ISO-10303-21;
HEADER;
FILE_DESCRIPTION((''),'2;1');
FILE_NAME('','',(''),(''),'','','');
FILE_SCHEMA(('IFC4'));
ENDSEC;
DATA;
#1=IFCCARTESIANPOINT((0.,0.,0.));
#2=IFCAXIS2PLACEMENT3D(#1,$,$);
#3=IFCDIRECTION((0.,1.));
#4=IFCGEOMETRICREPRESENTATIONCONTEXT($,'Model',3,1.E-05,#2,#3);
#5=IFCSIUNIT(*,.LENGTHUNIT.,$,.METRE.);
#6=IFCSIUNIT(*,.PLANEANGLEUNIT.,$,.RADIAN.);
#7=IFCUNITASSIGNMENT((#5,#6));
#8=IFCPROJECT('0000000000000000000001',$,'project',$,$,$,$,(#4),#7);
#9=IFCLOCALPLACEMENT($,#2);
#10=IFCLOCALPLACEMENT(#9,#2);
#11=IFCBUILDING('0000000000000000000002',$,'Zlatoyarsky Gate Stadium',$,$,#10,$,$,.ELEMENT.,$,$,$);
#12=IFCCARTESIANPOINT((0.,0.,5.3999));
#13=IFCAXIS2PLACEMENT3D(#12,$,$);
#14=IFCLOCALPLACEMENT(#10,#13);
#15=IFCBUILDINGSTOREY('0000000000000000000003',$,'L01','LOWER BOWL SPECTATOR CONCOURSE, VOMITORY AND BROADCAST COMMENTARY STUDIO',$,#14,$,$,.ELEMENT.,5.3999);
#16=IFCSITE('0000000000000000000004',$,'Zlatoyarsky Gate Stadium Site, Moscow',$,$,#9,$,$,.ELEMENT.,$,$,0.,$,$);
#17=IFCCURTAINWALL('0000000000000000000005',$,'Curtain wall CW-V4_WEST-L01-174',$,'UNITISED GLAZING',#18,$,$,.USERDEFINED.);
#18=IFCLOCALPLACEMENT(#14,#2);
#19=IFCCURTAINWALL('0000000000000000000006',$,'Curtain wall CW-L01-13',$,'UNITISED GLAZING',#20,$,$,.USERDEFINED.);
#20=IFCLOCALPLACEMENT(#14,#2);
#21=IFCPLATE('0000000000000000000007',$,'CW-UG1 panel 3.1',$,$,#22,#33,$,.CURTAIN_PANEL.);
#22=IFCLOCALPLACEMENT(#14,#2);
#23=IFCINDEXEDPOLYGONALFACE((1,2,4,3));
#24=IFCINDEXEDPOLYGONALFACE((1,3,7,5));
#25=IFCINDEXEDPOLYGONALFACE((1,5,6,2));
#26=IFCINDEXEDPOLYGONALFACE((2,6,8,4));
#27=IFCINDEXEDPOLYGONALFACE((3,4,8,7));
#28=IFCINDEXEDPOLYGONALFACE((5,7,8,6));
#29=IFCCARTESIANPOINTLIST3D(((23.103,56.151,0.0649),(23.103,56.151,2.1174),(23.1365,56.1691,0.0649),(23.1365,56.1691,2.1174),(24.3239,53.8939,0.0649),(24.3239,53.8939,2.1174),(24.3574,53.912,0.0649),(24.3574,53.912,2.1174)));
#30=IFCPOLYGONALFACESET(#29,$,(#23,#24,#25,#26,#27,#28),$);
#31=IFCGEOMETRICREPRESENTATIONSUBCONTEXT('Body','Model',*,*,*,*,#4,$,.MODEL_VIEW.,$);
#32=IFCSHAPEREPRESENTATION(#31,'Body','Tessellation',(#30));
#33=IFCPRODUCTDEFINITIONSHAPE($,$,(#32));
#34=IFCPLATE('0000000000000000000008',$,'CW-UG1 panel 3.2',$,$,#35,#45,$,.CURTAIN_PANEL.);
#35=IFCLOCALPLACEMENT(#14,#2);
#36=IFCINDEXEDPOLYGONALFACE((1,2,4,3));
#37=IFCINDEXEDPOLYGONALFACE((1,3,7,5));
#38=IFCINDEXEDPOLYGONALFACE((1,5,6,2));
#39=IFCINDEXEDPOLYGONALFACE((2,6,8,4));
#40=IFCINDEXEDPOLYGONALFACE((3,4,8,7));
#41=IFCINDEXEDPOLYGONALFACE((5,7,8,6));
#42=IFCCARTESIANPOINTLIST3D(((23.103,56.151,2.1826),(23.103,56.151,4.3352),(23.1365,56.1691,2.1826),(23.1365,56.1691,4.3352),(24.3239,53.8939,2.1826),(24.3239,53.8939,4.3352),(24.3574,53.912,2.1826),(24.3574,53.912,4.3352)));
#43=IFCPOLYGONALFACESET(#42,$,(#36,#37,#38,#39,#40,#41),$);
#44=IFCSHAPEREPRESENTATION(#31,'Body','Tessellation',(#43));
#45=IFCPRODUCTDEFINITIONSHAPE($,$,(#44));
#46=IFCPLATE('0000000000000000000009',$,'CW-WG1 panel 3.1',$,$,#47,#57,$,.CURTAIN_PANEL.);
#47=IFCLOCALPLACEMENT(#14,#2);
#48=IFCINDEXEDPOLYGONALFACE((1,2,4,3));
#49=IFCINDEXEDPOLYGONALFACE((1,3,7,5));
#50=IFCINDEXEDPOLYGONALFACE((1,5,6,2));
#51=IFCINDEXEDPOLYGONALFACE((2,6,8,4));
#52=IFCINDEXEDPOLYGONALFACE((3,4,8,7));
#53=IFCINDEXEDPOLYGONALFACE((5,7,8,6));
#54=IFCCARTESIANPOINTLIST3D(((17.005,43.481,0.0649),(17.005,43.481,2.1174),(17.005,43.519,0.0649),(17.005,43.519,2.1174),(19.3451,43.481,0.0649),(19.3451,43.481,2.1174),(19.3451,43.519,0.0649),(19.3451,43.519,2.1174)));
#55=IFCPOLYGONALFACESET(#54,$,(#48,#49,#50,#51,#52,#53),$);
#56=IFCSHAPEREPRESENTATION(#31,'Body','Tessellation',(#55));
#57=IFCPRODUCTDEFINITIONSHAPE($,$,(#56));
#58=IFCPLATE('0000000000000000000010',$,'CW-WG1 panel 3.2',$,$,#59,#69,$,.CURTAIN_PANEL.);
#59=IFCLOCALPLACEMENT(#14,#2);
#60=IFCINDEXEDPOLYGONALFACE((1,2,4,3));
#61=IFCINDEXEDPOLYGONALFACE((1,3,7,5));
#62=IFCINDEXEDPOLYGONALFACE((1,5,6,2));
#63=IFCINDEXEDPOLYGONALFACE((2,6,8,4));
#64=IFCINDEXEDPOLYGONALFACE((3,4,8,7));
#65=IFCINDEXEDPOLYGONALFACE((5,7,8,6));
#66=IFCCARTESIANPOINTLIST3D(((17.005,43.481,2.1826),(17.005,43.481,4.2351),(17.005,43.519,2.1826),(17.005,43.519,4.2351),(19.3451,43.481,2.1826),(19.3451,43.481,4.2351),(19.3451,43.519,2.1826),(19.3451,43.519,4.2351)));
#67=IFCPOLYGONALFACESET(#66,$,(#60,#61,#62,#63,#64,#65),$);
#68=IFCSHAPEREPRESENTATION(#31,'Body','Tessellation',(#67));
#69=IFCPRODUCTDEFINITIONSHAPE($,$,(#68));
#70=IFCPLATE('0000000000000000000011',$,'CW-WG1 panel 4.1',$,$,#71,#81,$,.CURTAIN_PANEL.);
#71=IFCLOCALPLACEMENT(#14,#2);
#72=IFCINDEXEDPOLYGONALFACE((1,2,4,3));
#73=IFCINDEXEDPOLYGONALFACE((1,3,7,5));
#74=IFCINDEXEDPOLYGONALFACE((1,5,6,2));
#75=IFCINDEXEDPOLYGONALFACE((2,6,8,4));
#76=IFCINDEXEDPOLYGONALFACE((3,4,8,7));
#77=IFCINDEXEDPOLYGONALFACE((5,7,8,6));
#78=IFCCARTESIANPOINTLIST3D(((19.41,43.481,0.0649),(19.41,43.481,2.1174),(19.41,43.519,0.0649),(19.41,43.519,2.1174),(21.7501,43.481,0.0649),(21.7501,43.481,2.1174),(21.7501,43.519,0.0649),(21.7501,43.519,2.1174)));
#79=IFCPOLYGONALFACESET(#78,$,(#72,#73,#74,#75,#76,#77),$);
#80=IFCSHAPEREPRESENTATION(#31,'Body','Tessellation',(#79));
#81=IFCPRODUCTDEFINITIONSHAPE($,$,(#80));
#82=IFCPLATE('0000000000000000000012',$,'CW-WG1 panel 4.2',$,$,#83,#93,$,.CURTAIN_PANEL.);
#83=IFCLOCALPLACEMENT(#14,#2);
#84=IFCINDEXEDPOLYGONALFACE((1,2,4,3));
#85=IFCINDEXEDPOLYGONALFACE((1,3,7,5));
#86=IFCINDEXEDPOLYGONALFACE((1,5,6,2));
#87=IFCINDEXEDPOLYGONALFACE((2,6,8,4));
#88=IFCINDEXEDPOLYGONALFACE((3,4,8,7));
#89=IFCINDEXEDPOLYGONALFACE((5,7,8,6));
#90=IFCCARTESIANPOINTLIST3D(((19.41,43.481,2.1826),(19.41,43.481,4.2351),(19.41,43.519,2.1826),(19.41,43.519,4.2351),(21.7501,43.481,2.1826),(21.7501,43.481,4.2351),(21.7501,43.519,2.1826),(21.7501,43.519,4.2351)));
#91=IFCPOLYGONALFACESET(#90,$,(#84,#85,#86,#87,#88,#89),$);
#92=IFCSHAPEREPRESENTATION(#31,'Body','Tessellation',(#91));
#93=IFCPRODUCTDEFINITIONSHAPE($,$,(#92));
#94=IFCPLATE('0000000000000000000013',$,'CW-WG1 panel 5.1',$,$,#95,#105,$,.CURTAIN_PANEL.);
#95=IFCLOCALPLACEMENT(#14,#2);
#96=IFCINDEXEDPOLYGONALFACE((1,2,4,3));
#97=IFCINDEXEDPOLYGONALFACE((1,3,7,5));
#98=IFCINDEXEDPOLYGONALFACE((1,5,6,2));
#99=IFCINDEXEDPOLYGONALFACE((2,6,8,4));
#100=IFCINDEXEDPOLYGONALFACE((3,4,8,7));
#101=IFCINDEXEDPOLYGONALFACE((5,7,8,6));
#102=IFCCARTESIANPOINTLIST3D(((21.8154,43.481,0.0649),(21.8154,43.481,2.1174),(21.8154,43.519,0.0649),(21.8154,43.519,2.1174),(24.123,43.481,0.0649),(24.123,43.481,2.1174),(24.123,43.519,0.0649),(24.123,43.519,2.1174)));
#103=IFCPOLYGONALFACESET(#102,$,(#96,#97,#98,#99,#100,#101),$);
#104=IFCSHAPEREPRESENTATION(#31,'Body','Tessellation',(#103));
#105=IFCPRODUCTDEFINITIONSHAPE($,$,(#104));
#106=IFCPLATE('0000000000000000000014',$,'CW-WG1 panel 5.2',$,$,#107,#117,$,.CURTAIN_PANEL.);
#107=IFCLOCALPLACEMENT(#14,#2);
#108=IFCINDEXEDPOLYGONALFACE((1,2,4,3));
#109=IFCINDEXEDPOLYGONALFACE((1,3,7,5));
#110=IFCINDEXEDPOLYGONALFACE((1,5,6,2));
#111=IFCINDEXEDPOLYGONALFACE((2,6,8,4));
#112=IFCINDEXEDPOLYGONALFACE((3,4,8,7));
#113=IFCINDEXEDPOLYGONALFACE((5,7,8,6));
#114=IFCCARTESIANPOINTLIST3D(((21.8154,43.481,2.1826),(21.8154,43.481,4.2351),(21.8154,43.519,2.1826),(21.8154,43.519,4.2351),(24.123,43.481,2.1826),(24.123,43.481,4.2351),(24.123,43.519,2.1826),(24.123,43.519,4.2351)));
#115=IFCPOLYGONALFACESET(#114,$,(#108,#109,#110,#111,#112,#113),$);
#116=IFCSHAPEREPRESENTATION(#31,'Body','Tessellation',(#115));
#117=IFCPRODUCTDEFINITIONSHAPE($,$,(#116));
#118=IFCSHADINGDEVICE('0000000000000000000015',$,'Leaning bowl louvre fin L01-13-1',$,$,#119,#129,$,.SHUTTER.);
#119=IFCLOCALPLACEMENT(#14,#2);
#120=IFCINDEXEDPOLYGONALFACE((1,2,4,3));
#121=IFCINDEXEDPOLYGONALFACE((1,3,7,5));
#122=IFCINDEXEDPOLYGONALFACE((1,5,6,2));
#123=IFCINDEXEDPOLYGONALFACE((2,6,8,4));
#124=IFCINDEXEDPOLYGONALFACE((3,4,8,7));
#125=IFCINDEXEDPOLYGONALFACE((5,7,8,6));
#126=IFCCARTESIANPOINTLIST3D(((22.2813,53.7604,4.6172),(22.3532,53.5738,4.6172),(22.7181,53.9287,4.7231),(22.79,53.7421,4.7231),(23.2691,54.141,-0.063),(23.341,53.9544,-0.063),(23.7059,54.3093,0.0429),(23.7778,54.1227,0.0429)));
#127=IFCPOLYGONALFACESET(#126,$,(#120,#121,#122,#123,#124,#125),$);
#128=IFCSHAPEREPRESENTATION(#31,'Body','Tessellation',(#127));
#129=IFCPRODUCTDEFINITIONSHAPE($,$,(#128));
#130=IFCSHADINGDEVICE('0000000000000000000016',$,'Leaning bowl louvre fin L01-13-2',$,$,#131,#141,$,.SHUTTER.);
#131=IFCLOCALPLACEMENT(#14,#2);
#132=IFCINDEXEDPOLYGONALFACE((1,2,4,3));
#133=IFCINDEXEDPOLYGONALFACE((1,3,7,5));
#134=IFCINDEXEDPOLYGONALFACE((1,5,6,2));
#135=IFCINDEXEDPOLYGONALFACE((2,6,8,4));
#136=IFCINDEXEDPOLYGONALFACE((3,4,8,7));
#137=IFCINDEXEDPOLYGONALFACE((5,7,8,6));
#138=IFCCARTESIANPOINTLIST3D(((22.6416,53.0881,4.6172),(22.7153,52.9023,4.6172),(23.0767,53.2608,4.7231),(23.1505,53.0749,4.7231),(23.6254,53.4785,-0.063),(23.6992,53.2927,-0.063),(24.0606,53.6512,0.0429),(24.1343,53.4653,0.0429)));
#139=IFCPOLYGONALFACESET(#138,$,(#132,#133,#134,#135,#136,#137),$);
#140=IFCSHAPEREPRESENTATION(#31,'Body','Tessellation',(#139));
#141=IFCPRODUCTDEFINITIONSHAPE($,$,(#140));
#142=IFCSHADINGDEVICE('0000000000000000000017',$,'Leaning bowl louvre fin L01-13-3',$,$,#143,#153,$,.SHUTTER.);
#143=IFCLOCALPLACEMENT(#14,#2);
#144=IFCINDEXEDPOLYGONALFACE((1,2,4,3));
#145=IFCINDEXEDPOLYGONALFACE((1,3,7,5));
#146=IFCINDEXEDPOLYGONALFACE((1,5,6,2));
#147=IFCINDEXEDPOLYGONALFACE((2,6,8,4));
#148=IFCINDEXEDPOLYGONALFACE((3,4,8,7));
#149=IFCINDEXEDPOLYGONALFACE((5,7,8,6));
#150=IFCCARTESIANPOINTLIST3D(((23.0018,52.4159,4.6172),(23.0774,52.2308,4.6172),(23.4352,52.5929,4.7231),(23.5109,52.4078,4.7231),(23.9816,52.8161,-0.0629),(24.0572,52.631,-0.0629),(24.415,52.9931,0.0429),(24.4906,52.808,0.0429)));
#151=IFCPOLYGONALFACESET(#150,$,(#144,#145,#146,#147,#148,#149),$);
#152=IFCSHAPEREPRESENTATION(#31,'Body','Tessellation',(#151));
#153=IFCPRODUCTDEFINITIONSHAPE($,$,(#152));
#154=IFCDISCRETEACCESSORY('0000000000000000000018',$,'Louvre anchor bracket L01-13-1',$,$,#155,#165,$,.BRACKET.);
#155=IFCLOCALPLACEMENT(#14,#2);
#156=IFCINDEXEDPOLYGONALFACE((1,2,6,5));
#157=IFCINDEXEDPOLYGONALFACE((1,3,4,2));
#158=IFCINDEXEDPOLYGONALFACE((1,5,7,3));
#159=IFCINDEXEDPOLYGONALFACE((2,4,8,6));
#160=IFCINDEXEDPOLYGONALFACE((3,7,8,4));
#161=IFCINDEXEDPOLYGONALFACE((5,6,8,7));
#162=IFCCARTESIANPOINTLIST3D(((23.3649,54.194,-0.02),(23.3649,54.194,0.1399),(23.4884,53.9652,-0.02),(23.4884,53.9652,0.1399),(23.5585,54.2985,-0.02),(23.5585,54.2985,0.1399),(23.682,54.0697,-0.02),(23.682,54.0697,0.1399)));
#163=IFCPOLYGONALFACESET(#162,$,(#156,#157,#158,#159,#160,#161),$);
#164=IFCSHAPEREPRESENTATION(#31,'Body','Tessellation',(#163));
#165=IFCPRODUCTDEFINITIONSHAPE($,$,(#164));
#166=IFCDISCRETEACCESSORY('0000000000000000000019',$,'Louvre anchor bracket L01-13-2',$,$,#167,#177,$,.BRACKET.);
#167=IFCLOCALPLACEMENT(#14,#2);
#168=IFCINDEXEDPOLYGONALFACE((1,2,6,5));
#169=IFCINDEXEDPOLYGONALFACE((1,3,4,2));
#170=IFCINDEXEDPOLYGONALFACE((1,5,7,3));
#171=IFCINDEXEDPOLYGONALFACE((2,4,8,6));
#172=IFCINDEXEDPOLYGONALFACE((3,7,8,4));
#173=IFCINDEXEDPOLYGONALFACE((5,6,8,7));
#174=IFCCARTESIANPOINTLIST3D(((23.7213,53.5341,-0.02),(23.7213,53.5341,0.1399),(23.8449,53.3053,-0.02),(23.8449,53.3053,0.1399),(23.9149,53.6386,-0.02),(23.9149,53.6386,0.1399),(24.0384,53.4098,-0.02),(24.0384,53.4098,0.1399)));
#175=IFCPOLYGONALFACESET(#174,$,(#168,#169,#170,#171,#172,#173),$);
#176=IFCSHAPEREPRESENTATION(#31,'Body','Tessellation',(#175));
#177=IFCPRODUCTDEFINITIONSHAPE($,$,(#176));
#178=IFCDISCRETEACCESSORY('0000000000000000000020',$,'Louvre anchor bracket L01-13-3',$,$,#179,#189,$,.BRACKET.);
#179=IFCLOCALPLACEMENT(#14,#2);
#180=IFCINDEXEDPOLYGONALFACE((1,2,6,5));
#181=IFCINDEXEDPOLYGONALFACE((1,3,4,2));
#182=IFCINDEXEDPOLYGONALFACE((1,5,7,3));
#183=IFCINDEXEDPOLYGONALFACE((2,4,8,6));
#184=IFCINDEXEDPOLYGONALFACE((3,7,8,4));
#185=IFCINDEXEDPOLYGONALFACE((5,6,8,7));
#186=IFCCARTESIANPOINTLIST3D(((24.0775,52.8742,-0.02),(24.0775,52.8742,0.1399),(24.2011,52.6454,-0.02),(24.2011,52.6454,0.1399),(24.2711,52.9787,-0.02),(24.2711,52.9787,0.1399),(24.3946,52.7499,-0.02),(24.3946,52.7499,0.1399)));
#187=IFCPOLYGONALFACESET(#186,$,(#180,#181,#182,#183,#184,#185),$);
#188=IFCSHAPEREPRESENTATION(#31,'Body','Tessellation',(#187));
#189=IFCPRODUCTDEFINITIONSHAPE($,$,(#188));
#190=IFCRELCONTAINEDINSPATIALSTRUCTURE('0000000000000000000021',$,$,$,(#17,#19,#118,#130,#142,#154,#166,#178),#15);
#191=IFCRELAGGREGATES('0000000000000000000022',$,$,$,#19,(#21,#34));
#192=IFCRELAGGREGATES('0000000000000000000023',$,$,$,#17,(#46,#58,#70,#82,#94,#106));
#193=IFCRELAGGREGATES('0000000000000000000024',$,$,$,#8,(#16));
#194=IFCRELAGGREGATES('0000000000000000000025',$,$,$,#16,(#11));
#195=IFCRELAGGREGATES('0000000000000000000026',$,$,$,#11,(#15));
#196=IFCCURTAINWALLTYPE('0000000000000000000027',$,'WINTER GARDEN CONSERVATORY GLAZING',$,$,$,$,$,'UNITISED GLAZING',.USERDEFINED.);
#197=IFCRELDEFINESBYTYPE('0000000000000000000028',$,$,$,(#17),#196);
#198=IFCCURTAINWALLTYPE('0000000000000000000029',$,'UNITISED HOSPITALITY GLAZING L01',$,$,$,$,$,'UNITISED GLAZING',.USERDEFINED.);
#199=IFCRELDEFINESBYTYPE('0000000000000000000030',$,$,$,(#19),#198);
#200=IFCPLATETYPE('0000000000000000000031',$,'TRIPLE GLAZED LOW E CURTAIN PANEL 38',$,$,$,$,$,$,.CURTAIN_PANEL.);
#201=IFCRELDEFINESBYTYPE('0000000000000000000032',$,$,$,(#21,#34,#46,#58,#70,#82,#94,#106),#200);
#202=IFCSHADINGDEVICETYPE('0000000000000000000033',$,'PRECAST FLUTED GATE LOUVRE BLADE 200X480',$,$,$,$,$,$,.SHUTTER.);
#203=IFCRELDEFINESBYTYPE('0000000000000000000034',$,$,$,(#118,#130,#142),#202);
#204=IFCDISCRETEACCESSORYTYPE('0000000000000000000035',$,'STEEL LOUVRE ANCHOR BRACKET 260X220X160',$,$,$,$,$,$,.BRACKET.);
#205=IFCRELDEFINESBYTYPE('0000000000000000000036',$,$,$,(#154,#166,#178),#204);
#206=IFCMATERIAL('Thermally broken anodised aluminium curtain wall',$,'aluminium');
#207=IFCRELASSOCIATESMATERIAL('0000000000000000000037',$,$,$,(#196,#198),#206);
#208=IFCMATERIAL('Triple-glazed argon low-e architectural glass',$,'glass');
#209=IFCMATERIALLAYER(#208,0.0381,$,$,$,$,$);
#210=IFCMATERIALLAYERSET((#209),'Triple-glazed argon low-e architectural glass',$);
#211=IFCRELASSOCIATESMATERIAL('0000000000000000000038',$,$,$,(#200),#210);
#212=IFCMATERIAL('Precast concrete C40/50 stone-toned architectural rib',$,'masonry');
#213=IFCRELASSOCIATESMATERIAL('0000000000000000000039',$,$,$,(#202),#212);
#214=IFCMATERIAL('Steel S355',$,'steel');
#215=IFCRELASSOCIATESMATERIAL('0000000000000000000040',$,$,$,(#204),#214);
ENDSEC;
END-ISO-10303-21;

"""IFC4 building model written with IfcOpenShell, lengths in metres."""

from ifc_helpers import new_model, si_unit, direction, frame, origin, origin_2d, place, context, subcontext, project, spatial, rectangle, extrude, material, layer, layer_set, material_profile, profile_set, type_object, element, aggregate, save


model = new_model("IFC4")

# Units and contexts
model_context = context("Model", 3, precision=1e-05, world=origin(), true_north=direction((0.0, 1.0)))
body_context = subcontext(model_context, "Body", "Model", "MODEL_VIEW")
ifc_project = project(units=[si_unit("LENGTHUNIT", "METRE"), si_unit("PLANEANGLEUNIT", "RADIAN")], contexts=[model_context])

# Site, building, storey
site_placement = place(None, origin())
site = spatial("IfcSite", under=ifc_project, at=site_placement, Name="Zlatoyarsky Gate Stadium Site, Moscow", CompositionType="ELEMENT", RefElevation=0.0)
building_placement = place(site_placement, origin())
building = spatial("IfcBuilding", under=site, at=building_placement, Name="Zlatoyarsky Gate Stadium", CompositionType="ELEMENT")
storey_placement = place(building_placement, frame((0.0, 0.0, 5.3999)))
storey = spatial("IfcBuildingStorey", under=building, at=storey_placement, Name="L01", Description="LOWER BOWL SPECTATOR CONCOURSE, VOMITORY AND BROADCAST COMMENTARY STUDIO", CompositionType="ELEMENT", Elevation=5.3999)

# Curtain walls
ifc_material_1 = material(Name="Thermally broken anodised aluminium curtain wall", Category="aluminium")
curtain_wall_type_1 = type_object("IfcCurtainWallType", Name="WINTER GARDEN CONSERVATORY GLAZING", ElementType="UNITISED GLAZING", PredefinedType="USERDEFINED", material=ifc_material_1)
curtain_wall_1_placement = place(storey_placement, origin())
curtain_wall_1 = element("IfcCurtainWall", 1, at=curtain_wall_1_placement, inside=storey, type_object=curtain_wall_type_1, Name="Curtain wall CW-V4_WEST-L01-174", ObjectType="UNITISED GLAZING", PredefinedType="USERDEFINED")
curtain_wall_type_2 = type_object("IfcCurtainWallType", Name="UNITISED HOSPITALITY GLAZING L01", ElementType="UNITISED GLAZING", PredefinedType="USERDEFINED", material=ifc_material_1)
curtain_wall_2_placement = place(storey_placement, origin())
curtain_wall_2 = element("IfcCurtainWall", 2, at=curtain_wall_2_placement, inside=storey, type_object=curtain_wall_type_2, Name="Curtain wall CW-L01-13", ObjectType="UNITISED GLAZING", PredefinedType="USERDEFINED")

# Plates
ifc_material_2 = material(Name="Triple-glazed argon low-e architectural glass", Category="glass")
ifc_layer = layer(ifc_material_2, 0.0381)
ifc_layer_set = layer_set([ifc_layer], Name="Triple-glazed argon low-e architectural glass")
plate_type = type_object("IfcPlateType", Name="TRIPLE GLAZED LOW E CURTAIN PANEL 38", PredefinedType="CURTAIN_PANEL", material=ifc_layer_set)
plate_1_placement = place(storey_placement, frame((23.7302, 55.0315, 0.0649), z_axis=(0.0, 0.0, 1.0), x_axis=(0.475786, -0.879561, 0.0)))
plate_1 = element("IfcPlate", 3, at=plate_1_placement, type_object=plate_type, Name="CW-UG1 panel 3.1", PredefinedType="CURTAIN_PANEL", context=body_context, shape_type="SweptSolid", body=[
    extrude(rectangle(XDim=2.5662, YDim=0.0381, at=origin_2d()), origin(), (0.0, 0.0, 1.0), 2.0525),
])
plate_2_placement = place(storey_placement, frame((23.7302, 55.0315, 2.1826), z_axis=(0.0, 0.0, 1.0), x_axis=(0.475786, -0.879561, 0.0)))
plate_2 = element("IfcPlate", 4, at=plate_2_placement, type_object=plate_type, Name="CW-UG1 panel 3.2", PredefinedType="CURTAIN_PANEL", context=body_context, shape_type="SweptSolid", body=[
    extrude(rectangle(XDim=2.5662, YDim=0.0381, at=origin_2d()), origin(), (0.0, 0.0, 1.0), 2.1526),
])
aggregate(curtain_wall_2, [plate_1, plate_2])
plate_3_placement = place(storey_placement, frame((18.175, 43.5, 0.0649), z_axis=(0.0, 0.0, 1.0), x_axis=(1.0, 0.0, 0.0)))
plate_3 = element("IfcPlate", 5, at=plate_3_placement, type_object=plate_type, Name="CW-WG1 panel 3.1", PredefinedType="CURTAIN_PANEL", context=body_context, shape_type="SweptSolid", body=[
    extrude(rectangle(XDim=2.3401, YDim=0.0381, at=origin_2d()), origin(), (0.0, 0.0, 1.0), 2.0525),
])
plate_4_placement = place(storey_placement, frame((18.175, 43.5, 2.1826), z_axis=(0.0, 0.0, 1.0), x_axis=(1.0, 0.0, 0.0)))
plate_4 = element("IfcPlate", 6, at=plate_4_placement, type_object=plate_type, Name="CW-WG1 panel 3.2", PredefinedType="CURTAIN_PANEL", context=body_context, shape_type="SweptSolid", body=[
    extrude(rectangle(XDim=2.3401, YDim=0.0381, at=origin_2d()), origin(), (0.0, 0.0, 1.0), 2.0525),
])
plate_5_placement = place(storey_placement, frame((20.5801, 43.5, 0.0649), z_axis=(0.0, 0.0, 1.0), x_axis=(1.0, 0.0, 0.0)))
plate_5 = element("IfcPlate", 7, at=plate_5_placement, type_object=plate_type, Name="CW-WG1 panel 4.1", PredefinedType="CURTAIN_PANEL", context=body_context, shape_type="SweptSolid", body=[
    extrude(rectangle(XDim=2.3401, YDim=0.0381, at=origin_2d()), origin(), (0.0, 0.0, 1.0), 2.0525),
])
plate_6_placement = place(storey_placement, frame((20.5801, 43.5, 2.1826), z_axis=(0.0, 0.0, 1.0), x_axis=(1.0, 0.0, 0.0)))
plate_6 = element("IfcPlate", 8, at=plate_6_placement, type_object=plate_type, Name="CW-WG1 panel 4.2", PredefinedType="CURTAIN_PANEL", context=body_context, shape_type="SweptSolid", body=[
    extrude(rectangle(XDim=2.3401, YDim=0.0381, at=origin_2d()), origin(), (0.0, 0.0, 1.0), 2.0525),
])
plate_7_placement = place(storey_placement, frame((22.9692, 43.5, 0.0649), z_axis=(0.0, 0.0, 1.0), x_axis=(1.0, 0.0, 0.0)))
plate_7 = element("IfcPlate", 9, at=plate_7_placement, type_object=plate_type, Name="CW-WG1 panel 5.1", PredefinedType="CURTAIN_PANEL", context=body_context, shape_type="SweptSolid", body=[
    extrude(rectangle(XDim=2.3076, YDim=0.0381, at=origin_2d()), origin(), (0.0, 0.0, 1.0), 2.0525),
])
plate_8_placement = place(storey_placement, frame((22.9692, 43.5, 2.1826), z_axis=(0.0, 0.0, 1.0), x_axis=(1.0, 0.0, 0.0)))
plate_8 = element("IfcPlate", 10, at=plate_8_placement, type_object=plate_type, Name="CW-WG1 panel 5.2", PredefinedType="CURTAIN_PANEL", context=body_context, shape_type="SweptSolid", body=[
    extrude(rectangle(XDim=2.3076, YDim=0.0381, at=origin_2d()), origin(), (0.0, 0.0, 1.0), 2.0525),
])
aggregate(curtain_wall_1, [plate_3, plate_4, plate_5, plate_6, plate_7, plate_8])

# Shading devices
ifc_material_3 = material(Name="Precast concrete C40/50 stone-toned architectural rib", Category="masonry")
ifc_material_profile_1 = material_profile(ifc_material_3, rectangle(XDim=0.2, YDim=0.48, at=origin_2d()), Name="RIB 200X480")
ifc_profile_set_1 = profile_set([ifc_material_profile_1], Name="Precast concrete C40/50 stone-toned architectural rib")
shading_device_type = type_object("IfcShadingDeviceType", Name="PRECAST FLUTED GATE LOUVRE BLADE 200X480", PredefinedType="SHUTTER", material=ifc_profile_set_1)
for number, where, z_axis, x_axis, name in (
    (11, (23.5234, 54.1318, -0.01), (-0.205859, -0.079321, 0.975362), (0.359551, -0.933126, 0.0), "Leaning bowl louvre fin L01-13-1"),
    (12, (23.8799, 53.4719, -0.01), (-0.205045, -0.081357, 0.975365), (0.368804, -0.929507, 0.0), "Leaning bowl louvre fin L01-13-2"),
    (13, (24.2361, 52.812, -0.01), (-0.204182, -0.083393, 0.975374), (0.378103, -0.925764, 0.0), "Leaning bowl louvre fin L01-13-3"),
):
    element("IfcShadingDevice", number, at=place(storey_placement, frame(where, z_axis=z_axis, x_axis=x_axis)), inside=storey, type_object=shading_device_type, Name=name, PredefinedType="SHUTTER", context=body_context, shape_type="SweptSolid", body=[
        extrude(rectangle(XDim=0.2, YDim=0.48, at=origin_2d()), origin(), (0.0, 0.0, 1.0), 4.7983),
    ])

# Discrete accessories
ifc_material_4 = material(Name="Steel S355", Category="steel")
discrete_accessory_type = type_object("IfcDiscreteAccessoryType", Name="STEEL LOUVRE ANCHOR BRACKET 260X220X160", PredefinedType="BRACKET", material=ifc_material_4)
for number, where, z_axis, x_axis, name in (
    (14, (23.5234, 54.1318, -0.02), (0.0, 0.0, 1.0), (0.475052, -0.879958, 0.0), "Louvre anchor bracket L01-13-1"),
    (15, (23.8799, 53.4719, -0.02), (0.0, 0.0, 1.0), (0.475052, -0.879958, 0.0), "Louvre anchor bracket L01-13-2"),
    (16, (24.2361, 52.812, -0.02), (0.0, 0.0, 1.0), (0.475052, -0.879958, 0.0), "Louvre anchor bracket L01-13-3"),
):
    element("IfcDiscreteAccessory", number, at=place(storey_placement, frame(where, z_axis=z_axis, x_axis=x_axis)), inside=storey, type_object=discrete_accessory_type, Name=name, PredefinedType="BRACKET", context=body_context, shape_type="SweptSolid", body=[
        extrude(rectangle(XDim=0.26, YDim=0.22, at=origin_2d()), origin(), (0.0, 0.0, 1.0), 0.1599),
    ])

save(model, "model.ifc")
